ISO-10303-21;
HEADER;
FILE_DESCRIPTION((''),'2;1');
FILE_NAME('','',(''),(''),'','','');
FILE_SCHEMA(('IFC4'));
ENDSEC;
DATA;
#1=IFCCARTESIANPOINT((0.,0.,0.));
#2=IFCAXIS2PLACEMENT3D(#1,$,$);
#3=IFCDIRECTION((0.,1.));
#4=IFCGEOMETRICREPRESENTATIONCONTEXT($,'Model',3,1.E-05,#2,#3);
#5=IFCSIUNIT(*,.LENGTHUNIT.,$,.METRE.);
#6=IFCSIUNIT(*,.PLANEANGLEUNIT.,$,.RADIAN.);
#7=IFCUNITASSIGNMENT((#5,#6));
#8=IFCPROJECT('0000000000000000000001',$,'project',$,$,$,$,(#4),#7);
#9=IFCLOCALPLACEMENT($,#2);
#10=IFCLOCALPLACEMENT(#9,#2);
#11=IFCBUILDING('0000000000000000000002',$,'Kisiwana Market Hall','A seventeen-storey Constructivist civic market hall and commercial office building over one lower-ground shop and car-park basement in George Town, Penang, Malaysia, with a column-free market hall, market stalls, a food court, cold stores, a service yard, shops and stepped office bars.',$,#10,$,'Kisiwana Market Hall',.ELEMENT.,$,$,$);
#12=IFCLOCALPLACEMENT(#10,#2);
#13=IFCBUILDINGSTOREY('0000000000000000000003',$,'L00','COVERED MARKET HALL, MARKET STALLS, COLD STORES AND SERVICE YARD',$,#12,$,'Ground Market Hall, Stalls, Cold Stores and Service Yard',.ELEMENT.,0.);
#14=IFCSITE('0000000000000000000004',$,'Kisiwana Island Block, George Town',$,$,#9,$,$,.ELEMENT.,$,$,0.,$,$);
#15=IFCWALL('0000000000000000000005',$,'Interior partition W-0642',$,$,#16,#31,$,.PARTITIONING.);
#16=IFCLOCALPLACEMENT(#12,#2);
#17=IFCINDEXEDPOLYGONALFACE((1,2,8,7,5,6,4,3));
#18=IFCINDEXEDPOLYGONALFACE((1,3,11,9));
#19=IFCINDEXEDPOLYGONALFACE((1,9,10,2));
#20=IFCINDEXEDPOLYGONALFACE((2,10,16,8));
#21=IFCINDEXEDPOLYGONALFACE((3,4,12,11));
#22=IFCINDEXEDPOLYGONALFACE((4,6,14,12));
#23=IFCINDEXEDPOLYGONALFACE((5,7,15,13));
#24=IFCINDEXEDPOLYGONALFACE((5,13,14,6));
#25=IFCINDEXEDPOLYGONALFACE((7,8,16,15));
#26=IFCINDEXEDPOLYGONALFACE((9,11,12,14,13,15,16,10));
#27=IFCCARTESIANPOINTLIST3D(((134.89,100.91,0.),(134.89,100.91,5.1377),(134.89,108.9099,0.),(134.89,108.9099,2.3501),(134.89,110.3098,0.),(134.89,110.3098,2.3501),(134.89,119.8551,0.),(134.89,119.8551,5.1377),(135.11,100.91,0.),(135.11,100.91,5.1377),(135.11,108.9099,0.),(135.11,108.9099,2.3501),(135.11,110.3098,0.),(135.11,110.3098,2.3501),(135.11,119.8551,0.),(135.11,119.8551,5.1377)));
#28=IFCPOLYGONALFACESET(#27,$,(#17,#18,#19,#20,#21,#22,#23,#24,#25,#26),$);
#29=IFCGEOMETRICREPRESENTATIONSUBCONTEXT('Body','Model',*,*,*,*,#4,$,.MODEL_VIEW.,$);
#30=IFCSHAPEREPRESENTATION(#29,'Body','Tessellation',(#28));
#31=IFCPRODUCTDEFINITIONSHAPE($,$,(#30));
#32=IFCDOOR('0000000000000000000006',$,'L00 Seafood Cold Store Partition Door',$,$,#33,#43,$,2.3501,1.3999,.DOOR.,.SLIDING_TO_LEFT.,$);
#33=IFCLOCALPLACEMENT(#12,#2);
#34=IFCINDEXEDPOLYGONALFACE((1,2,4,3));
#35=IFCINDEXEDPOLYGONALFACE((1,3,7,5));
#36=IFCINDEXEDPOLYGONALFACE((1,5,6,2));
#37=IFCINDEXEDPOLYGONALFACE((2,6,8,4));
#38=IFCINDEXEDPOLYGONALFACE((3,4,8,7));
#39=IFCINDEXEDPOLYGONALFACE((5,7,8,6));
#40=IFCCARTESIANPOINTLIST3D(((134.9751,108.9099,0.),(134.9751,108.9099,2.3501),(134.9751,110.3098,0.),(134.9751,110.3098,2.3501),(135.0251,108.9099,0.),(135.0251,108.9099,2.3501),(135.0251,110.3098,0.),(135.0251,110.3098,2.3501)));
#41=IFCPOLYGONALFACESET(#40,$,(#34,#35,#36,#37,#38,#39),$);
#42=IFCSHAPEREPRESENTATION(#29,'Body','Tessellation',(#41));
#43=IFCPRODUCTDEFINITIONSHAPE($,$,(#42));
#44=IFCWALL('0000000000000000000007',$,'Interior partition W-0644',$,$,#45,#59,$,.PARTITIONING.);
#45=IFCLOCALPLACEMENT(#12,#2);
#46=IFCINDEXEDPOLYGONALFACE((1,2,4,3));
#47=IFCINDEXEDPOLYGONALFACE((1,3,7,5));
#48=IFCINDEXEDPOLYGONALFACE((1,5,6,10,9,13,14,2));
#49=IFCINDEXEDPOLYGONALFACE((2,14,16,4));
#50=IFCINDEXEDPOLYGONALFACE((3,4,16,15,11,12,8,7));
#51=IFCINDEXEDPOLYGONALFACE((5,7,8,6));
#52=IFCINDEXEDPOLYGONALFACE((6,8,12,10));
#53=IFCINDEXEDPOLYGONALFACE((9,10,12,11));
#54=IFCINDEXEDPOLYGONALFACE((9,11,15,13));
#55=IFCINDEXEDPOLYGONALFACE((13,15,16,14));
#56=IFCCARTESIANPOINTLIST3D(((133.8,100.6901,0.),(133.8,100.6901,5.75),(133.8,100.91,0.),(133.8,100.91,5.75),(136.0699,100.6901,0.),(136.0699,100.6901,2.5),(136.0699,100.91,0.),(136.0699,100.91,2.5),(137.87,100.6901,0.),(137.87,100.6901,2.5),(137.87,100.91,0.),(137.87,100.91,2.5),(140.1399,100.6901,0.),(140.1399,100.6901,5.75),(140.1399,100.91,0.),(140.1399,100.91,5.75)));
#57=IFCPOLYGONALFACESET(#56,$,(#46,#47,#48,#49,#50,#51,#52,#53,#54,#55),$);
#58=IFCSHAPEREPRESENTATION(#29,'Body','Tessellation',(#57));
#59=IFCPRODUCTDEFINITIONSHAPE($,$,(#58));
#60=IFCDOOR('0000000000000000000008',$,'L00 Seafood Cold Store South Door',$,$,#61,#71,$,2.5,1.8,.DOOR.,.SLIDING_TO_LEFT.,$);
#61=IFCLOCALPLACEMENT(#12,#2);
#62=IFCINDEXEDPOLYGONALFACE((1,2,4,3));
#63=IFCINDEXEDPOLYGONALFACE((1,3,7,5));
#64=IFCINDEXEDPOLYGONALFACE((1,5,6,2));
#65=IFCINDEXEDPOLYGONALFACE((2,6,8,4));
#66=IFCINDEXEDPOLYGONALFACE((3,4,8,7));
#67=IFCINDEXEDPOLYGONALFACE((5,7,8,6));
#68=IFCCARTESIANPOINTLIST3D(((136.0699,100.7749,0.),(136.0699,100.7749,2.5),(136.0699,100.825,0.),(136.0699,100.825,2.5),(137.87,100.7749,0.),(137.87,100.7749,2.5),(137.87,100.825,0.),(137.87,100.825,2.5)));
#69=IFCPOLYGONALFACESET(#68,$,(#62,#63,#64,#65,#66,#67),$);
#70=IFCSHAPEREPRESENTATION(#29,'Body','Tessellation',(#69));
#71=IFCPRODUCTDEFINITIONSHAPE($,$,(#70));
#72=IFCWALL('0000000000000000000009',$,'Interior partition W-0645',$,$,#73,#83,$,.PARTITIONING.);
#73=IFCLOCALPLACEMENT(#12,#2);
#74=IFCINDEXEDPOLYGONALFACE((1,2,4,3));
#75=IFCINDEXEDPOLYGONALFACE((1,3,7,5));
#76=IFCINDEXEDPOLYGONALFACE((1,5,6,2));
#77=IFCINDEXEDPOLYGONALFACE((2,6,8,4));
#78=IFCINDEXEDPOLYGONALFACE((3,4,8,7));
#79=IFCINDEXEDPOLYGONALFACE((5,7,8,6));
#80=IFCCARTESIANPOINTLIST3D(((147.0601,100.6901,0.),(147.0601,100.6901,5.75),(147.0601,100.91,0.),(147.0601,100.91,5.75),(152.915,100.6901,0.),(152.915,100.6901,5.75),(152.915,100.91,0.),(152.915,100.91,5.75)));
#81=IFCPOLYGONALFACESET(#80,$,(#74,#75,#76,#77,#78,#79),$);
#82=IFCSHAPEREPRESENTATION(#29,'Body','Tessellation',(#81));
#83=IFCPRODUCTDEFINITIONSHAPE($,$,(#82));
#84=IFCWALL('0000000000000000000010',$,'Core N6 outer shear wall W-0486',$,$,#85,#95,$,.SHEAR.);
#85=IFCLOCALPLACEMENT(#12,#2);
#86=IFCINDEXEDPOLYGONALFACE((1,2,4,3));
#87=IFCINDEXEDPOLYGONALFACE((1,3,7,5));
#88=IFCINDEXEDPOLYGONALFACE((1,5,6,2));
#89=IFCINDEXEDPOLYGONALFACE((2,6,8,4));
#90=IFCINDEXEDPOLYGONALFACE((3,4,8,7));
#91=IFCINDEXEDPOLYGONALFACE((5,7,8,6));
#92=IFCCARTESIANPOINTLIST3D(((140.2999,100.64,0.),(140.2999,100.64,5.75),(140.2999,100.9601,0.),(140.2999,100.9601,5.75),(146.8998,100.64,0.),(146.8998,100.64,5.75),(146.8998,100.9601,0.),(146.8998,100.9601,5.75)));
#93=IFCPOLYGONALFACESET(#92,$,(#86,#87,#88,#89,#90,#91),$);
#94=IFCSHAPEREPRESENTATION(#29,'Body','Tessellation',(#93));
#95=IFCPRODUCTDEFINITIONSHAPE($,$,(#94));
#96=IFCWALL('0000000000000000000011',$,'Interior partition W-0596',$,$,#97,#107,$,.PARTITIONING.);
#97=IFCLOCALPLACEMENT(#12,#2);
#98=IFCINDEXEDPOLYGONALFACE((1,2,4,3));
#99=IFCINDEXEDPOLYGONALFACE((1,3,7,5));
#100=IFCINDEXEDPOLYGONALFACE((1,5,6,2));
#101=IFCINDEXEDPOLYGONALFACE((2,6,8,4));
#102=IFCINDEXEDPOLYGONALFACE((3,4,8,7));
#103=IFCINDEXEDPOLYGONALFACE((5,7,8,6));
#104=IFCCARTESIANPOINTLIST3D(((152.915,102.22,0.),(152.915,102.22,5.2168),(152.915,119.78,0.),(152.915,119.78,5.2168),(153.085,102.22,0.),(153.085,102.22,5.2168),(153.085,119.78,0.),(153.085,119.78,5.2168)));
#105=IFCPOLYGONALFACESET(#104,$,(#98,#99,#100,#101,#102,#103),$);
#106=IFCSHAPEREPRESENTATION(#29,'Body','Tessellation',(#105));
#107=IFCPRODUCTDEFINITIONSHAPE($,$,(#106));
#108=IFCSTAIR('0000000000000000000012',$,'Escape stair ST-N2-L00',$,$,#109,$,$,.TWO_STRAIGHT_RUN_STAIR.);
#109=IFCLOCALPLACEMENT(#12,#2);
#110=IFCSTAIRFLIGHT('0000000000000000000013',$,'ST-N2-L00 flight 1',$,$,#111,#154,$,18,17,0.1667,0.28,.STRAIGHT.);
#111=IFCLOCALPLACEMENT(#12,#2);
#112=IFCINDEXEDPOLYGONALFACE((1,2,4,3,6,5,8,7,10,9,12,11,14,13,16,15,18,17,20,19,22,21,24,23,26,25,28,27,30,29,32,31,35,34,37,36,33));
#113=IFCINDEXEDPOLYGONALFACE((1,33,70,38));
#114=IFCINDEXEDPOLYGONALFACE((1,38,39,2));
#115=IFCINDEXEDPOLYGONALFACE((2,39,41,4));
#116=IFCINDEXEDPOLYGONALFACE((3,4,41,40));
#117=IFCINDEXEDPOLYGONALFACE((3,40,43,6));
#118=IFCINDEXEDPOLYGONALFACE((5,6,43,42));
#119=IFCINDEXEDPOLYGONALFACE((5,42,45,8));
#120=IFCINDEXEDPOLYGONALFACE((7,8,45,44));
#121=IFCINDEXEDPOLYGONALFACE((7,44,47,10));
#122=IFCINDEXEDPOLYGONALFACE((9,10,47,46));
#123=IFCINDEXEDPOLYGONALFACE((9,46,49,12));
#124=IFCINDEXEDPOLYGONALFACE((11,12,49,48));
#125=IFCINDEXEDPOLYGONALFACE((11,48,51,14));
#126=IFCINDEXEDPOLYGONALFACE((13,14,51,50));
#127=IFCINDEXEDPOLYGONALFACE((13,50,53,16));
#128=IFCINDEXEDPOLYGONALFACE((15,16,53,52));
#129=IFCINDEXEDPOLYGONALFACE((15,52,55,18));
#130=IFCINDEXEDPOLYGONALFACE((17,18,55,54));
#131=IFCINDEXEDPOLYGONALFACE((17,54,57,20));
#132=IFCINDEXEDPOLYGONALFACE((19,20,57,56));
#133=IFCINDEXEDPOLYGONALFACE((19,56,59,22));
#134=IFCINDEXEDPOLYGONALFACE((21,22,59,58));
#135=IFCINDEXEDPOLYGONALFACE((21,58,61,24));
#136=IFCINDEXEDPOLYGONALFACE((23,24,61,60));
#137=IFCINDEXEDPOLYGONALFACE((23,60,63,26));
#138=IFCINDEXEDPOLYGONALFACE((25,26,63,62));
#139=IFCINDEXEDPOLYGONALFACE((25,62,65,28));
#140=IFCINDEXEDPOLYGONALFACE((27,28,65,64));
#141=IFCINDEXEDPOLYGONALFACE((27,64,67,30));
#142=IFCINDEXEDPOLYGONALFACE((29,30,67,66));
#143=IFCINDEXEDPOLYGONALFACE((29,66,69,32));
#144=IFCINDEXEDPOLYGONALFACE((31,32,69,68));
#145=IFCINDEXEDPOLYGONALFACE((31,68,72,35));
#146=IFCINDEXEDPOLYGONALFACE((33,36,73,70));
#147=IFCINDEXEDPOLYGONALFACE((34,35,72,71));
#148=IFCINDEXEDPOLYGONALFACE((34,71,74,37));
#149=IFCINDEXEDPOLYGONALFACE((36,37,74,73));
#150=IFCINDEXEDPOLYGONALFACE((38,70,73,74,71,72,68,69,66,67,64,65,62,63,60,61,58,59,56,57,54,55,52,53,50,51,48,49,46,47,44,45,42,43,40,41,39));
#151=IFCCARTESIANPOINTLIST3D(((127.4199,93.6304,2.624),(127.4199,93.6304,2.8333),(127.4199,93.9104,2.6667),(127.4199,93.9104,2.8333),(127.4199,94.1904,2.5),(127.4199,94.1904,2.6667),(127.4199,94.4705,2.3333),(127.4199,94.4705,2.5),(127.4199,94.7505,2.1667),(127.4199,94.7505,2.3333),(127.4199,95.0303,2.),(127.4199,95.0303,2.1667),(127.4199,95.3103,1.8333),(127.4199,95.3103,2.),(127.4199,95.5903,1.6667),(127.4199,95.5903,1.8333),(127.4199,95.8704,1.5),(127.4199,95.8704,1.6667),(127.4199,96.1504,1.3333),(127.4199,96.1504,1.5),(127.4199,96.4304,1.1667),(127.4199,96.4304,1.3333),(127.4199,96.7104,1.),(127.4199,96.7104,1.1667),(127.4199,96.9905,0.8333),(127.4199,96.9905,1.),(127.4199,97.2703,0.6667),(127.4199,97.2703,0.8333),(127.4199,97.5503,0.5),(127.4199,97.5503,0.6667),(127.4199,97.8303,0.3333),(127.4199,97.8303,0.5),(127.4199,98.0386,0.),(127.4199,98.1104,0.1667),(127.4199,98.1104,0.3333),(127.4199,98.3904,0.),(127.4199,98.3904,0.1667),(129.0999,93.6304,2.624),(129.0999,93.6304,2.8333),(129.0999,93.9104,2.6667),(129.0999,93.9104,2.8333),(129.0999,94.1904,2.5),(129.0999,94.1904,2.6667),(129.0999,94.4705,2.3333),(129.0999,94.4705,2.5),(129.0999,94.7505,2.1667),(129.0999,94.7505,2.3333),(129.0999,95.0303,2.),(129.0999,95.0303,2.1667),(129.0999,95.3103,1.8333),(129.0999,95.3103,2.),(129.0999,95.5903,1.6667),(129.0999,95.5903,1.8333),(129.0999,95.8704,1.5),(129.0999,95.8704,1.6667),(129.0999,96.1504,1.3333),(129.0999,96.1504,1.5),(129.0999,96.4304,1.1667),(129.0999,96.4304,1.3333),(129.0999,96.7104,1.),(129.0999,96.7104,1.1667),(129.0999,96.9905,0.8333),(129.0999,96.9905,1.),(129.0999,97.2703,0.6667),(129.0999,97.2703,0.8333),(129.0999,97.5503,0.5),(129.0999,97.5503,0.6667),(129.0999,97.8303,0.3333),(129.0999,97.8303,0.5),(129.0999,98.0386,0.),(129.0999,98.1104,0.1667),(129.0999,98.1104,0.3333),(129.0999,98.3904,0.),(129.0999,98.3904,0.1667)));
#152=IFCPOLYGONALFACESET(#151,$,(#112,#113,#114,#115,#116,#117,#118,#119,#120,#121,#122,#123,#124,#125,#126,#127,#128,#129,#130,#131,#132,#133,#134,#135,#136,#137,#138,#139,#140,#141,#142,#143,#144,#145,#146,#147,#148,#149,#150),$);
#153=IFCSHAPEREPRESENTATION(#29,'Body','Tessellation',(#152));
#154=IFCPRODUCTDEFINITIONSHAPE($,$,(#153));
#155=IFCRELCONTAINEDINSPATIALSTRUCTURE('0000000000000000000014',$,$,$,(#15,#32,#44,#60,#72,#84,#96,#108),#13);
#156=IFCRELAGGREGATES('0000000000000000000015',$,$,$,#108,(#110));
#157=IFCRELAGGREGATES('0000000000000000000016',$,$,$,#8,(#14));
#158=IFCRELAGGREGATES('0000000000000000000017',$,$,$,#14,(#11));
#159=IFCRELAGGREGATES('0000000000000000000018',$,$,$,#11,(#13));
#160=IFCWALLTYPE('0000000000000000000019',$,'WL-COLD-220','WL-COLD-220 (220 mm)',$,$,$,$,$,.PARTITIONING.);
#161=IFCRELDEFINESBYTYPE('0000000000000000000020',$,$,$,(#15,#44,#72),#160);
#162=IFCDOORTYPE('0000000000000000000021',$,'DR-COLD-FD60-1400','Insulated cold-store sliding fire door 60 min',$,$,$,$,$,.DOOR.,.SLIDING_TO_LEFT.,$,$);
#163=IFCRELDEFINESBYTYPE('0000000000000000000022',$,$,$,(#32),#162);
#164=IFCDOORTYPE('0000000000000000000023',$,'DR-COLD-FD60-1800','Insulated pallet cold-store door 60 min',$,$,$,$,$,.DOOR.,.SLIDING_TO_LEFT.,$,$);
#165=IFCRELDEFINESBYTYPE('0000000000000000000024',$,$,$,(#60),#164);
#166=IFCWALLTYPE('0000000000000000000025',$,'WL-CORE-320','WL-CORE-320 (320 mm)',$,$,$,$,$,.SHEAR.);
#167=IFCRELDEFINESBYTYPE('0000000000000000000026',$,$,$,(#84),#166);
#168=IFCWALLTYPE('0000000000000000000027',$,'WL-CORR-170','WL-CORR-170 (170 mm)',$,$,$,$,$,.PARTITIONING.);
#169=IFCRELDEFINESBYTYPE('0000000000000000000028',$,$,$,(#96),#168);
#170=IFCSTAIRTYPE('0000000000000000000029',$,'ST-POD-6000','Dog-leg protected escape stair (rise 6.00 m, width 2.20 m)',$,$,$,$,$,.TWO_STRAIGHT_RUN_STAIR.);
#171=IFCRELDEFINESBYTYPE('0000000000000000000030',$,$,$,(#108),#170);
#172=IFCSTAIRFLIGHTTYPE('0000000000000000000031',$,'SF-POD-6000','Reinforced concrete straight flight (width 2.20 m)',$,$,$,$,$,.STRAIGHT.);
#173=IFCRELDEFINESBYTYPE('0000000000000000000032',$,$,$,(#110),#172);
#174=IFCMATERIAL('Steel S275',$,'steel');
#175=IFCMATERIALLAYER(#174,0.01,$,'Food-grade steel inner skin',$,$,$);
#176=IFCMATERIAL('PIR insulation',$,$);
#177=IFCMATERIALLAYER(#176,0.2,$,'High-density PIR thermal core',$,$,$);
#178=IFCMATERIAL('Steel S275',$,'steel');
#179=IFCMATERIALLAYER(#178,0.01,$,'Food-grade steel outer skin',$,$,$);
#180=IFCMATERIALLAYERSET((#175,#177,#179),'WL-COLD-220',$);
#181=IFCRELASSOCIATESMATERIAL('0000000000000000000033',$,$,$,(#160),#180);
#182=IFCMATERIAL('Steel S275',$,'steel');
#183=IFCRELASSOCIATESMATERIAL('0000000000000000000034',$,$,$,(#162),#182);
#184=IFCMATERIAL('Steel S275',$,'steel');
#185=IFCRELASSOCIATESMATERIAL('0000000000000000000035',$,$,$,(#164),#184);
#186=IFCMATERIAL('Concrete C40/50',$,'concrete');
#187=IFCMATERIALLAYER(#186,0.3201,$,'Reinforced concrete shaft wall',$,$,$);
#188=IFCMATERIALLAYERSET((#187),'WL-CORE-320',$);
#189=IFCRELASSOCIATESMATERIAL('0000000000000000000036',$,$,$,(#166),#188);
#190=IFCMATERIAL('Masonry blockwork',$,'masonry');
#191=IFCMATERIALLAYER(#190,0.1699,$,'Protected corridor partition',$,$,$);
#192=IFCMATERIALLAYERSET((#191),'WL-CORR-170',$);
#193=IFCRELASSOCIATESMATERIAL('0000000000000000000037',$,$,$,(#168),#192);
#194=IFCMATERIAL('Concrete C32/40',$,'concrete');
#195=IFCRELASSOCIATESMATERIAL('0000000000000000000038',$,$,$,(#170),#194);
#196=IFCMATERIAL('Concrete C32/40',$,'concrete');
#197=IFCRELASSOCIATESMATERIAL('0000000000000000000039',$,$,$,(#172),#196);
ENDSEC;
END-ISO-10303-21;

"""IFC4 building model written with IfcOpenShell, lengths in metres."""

from ifc_helpers import new_model, si_unit, direction, frame, frame_2d, origin, place, context, subcontext, project, spatial, polyline, rectangle, outline, extrude, material, layer, layer_set, type_object, element, fill, aggregate, save


model = new_model("IFC4")

# Units and contexts
model_context = context("Model", 3, precision=1e-05, world=origin(), true_north=direction((0.0, 1.0)))
body_context = subcontext(model_context, "Body", "Model", "MODEL_VIEW")
ifc_project = project(units=[si_unit("LENGTHUNIT", "METRE"), si_unit("PLANEANGLEUNIT", "RADIAN")], contexts=[model_context])

# Site, building, storey
site_placement = place(None, origin())
site = spatial("IfcSite", under=ifc_project, at=site_placement, Name="Kisiwana Island Block, George Town", CompositionType="ELEMENT", RefElevation=0.0)
building_placement = place(site_placement, origin())
building = spatial("IfcBuilding", under=site, at=building_placement, Name="Kisiwana Market Hall", Description="A seventeen-storey Constructivist civic market hall and commercial office building over one lower-ground shop and car-park basement in George Town, Penang, Malaysia, with a column-free market hall, market stalls, a food court, cold stores, a service yard, shops and stepped office bars.", LongName="Kisiwana Market Hall", CompositionType="ELEMENT")
storey_placement = place(building_placement, origin())
storey = spatial("IfcBuildingStorey", under=building, at=storey_placement, Name="L00", Description="COVERED MARKET HALL, MARKET STALLS, COLD STORES AND SERVICE YARD", LongName="Ground Market Hall, Stalls, Cold Stores and Service Yard", CompositionType="ELEMENT", Elevation=0.0)

# Walls, openings, doors
ifc_material_1 = material(Name="Steel S275", Category="steel")
ifc_layer_1 = layer(ifc_material_1, 0.01, Name="Food-grade steel inner skin")
ifc_material_2 = material(Name="PIR insulation")
ifc_layer_2 = layer(ifc_material_2, 0.2, Name="High-density PIR thermal core")
ifc_material_3 = material(Name="Steel S275", Category="steel")
ifc_layer_3 = layer(ifc_material_3, 0.01, Name="Food-grade steel outer skin")
ifc_layer_set_1 = layer_set([ifc_layer_1, ifc_layer_2, ifc_layer_3], Name="WL-COLD-220")
wall_type_1 = type_object("IfcWallType", Name="WL-COLD-220", Description="WL-COLD-220 (220 mm)", PredefinedType="PARTITIONING", material=ifc_layer_set_1)
wall_1_placement = place(storey_placement, frame((135.0, 100.9099, 0.0), z_axis=(0.0, 0.0, 1.0), x_axis=(0.0, 1.0, 0.0)))
wall_1 = element("IfcWall", 1, at=wall_1_placement, inside=storey, type_object=wall_type_1, Name="Interior partition W-0642", PredefinedType="PARTITIONING", context=body_context, shape_type="SweptSolid", body=[
    extrude(rectangle(XDim=18.9451, YDim=0.22, at=frame_2d((9.4727, 0.0))), origin(), (0.0, 0.0, 1.0), 5.1377),
])
opening_1_placement = place(wall_1_placement, frame((8.0, 0.0, 0.0)))
opening_1 = element("IfcOpeningElement", 2, at=opening_1_placement, cuts=wall_1, PredefinedType="OPENING", context=body_context, shape_type="SweptSolid", body=[
    extrude(rectangle(XDim=1.3999, YDim=2.3501, at=frame_2d((0.7, 1.175))), frame((0.0, 0.1221, 0.0), z_axis=(0.0, -1.0, 0.0), x_axis=(1.0, 0.0, 0.0)), (0.0, 0.0, 1.0), 0.2439),
])
ifc_material_4 = material(Name="Steel S275", Category="steel")
door_type_1 = type_object("IfcDoorType", Name="DR-COLD-FD60-1400", Description="Insulated cold-store sliding fire door 60 min", OperationType="SLIDING_TO_LEFT", PredefinedType="DOOR", material=ifc_material_4)
door_1_placement = place(opening_1_placement, origin())
door_1 = element("IfcDoor", 3, at=door_1_placement, inside=storey, type_object=door_type_1, Name="L00 Seafood Cold Store Partition Door", OperationType="SLIDING_TO_LEFT", OverallHeight=2.3501, OverallWidth=1.3999, PredefinedType="DOOR", context=body_context, shape_type="SweptSolid", body=[
    extrude(rectangle(XDim=1.3999, YDim=2.3501, at=frame_2d((0.7, 1.175))), frame((0.0, 0.0249, 0.0), z_axis=(0.0, -1.0, 0.0), x_axis=(1.0, 0.0, 0.0)), (0.0, 0.0, 1.0), 0.05),
])
fill(opening_1, door_1)
wall_2_placement = place(storey_placement, frame((133.8, 100.8, 0.0), z_axis=(0.0, 0.0, 1.0), x_axis=(1.0, 0.0, 0.0)))
wall_2 = element("IfcWall", 4, at=wall_2_placement, inside=storey, type_object=wall_type_1, Name="Interior partition W-0644", PredefinedType="PARTITIONING", context=body_context, shape_type="SweptSolid", body=[
    extrude(rectangle(XDim=6.3398, YDim=0.22, at=frame_2d((3.1699, 0.0))), origin(), (0.0, 0.0, 1.0), 5.75),
])
opening_2_placement = place(wall_2_placement, frame((2.27, 0.0, 0.0)))
opening_2 = element("IfcOpeningElement", 5, at=opening_2_placement, cuts=wall_2, PredefinedType="OPENING", context=body_context, shape_type="SweptSolid", body=[
    extrude(rectangle(XDim=1.8, YDim=2.5, at=frame_2d((0.8999, 1.25))), frame((0.0, 0.1221, 0.0), z_axis=(0.0, -1.0, 0.0), x_axis=(1.0, 0.0, 0.0)), (0.0, 0.0, 1.0), 0.2439),
])
ifc_material_5 = material(Name="Steel S275", Category="steel")
door_type_2 = type_object("IfcDoorType", Name="DR-COLD-FD60-1800", Description="Insulated pallet cold-store door 60 min", OperationType="SLIDING_TO_LEFT", PredefinedType="DOOR", material=ifc_material_5)
door_2_placement = place(opening_2_placement, origin())
door_2 = element("IfcDoor", 6, at=door_2_placement, inside=storey, type_object=door_type_2, Name="L00 Seafood Cold Store South Door", OperationType="SLIDING_TO_LEFT", OverallHeight=2.5, OverallWidth=1.8, PredefinedType="DOOR", context=body_context, shape_type="SweptSolid", body=[
    extrude(rectangle(XDim=1.8, YDim=2.5, at=frame_2d((0.8999, 1.25))), frame((0.0, 0.0249, 0.0), z_axis=(0.0, -1.0, 0.0), x_axis=(1.0, 0.0, 0.0)), (0.0, 0.0, 1.0), 0.05),
])
fill(opening_2, door_2)

# Walls
wall_3_placement = place(storey_placement, frame((147.0601, 100.8, 0.0), z_axis=(0.0, 0.0, 1.0), x_axis=(1.0, 0.0, 0.0)))
element("IfcWall", 7, at=wall_3_placement, inside=storey, type_object=wall_type_1, Name="Interior partition W-0645", PredefinedType="PARTITIONING", context=body_context, shape_type="SweptSolid", body=[
    extrude(rectangle(XDim=5.855, YDim=0.22, at=frame_2d((2.9275, 0.0))), origin(), (0.0, 0.0, 1.0), 5.75),
])
ifc_material_6 = material(Name="Concrete C40/50", Category="concrete")
ifc_layer_4 = layer(ifc_material_6, 0.3201, Name="Reinforced concrete shaft wall")
ifc_layer_set_2 = layer_set([ifc_layer_4], Name="WL-CORE-320")
wall_type_2 = type_object("IfcWallType", Name="WL-CORE-320", Description="WL-CORE-320 (320 mm)", PredefinedType="SHEAR", material=ifc_layer_set_2)
wall_4_placement = place(storey_placement, frame((140.3, 100.8, 0.0), z_axis=(0.0, 0.0, 1.0), x_axis=(1.0, 0.0, 0.0)))
element("IfcWall", 8, at=wall_4_placement, inside=storey, type_object=wall_type_2, Name="Core N6 outer shear wall W-0486", PredefinedType="SHEAR", context=body_context, shape_type="SweptSolid", body=[
    extrude(rectangle(XDim=6.5999, YDim=0.3201, at=frame_2d((3.2998, 0.0))), origin(), (0.0, 0.0, 1.0), 5.75),
])
ifc_material_7 = material(Name="Masonry blockwork", Category="masonry")
ifc_layer_5 = layer(ifc_material_7, 0.1699, Name="Protected corridor partition")
ifc_layer_set_3 = layer_set([ifc_layer_5], Name="WL-CORR-170")
wall_type_3 = type_object("IfcWallType", Name="WL-CORR-170", Description="WL-CORR-170 (170 mm)", PredefinedType="PARTITIONING", material=ifc_layer_set_3)
wall_5_placement = place(storey_placement, frame((153.0, 102.22, 0.0), z_axis=(0.0, 0.0, 1.0), x_axis=(0.0, 1.0, 0.0)))
element("IfcWall", 9, at=wall_5_placement, inside=storey, type_object=wall_type_3, Name="Interior partition W-0596", PredefinedType="PARTITIONING", context=body_context, shape_type="SweptSolid", body=[
    extrude(rectangle(XDim=17.5601, YDim=0.1699, at=frame_2d((8.78, 0.0))), origin(), (0.0, 0.0, 1.0), 5.2168),
])

# Stair, stair flight
ifc_material_8 = material(Name="Concrete C32/40", Category="concrete")
stair_type = type_object("IfcStairType", Name="ST-POD-6000", Description="Dog-leg protected escape stair (rise 6.00 m, width 2.20 m)", PredefinedType="TWO_STRAIGHT_RUN_STAIR", material=ifc_material_8)
stair_placement = place(storey_placement, origin())
stair = element("IfcStair", 10, at=stair_placement, inside=storey, type_object=stair_type, Name="Escape stair ST-N2-L00", PredefinedType="TWO_STRAIGHT_RUN_STAIR")
ifc_material_9 = material(Name="Concrete C32/40", Category="concrete")
stair_flight_type = type_object("IfcStairFlightType", Name="SF-POD-6000", Description="Reinforced concrete straight flight (width 2.20 m)", PredefinedType="STRAIGHT", material=ifc_material_9)
stair_flight_placement = place(storey_placement, frame((128.26, 98.3904, 0.0), z_axis=(0.0, 0.0, 1.0), x_axis=(0.0, -1.0, 0.0)))
stair_flight = element("IfcStairFlight", 11, at=stair_flight_placement, type_object=stair_flight_type, Name="ST-N2-L00 flight 1", NumberOfRisers=18, NumberOfTreads=17, PredefinedType="STRAIGHT", RiserHeight=0.1667, TreadLength=0.28, context=body_context, shape_type="SweptSolid", body=[
    extrude(outline(polyline([(0.0, 0.0), (0.0, 0.1667), (0.28, 0.1667), (0.28, 0.3333), (0.5601, 0.3333), (0.5601, 0.5), (0.8401, 0.5), (0.8401, 0.6667), (1.1201, 0.6667), (1.1201, 0.8333), (1.3999, 0.8333), (1.3999, 1.0), (1.6799, 1.0), (1.6799, 1.1667), (1.96, 1.1667), (1.96, 1.3333), (2.24, 1.3333), (2.24, 1.5), (2.52, 1.5), (2.52, 1.6667), (2.8, 1.6667), (2.8, 1.8333), (3.0801, 1.8333), (3.0801, 2.0), (3.3601, 2.0), (3.3601, 2.1667), (3.6399, 2.1667), (3.6399, 2.3333), (3.9199, 2.3333), (3.9199, 2.5), (4.2, 2.5), (4.2, 2.6667), (4.48, 2.6667), (4.48, 2.8333), (4.76, 2.8333), (4.76, 3.0), (4.76, 2.624), (0.3518, 0.0), (0.0, 0.0)])), frame((0.0, 0.8398, 0.0), z_axis=(0.0, -1.0, 0.0), x_axis=(1.0, 0.0, 0.0)), (0.0, 0.0, 1.0), 1.6799),
])
aggregate(stair, [stair_flight])

save(model, "model.ifc")
